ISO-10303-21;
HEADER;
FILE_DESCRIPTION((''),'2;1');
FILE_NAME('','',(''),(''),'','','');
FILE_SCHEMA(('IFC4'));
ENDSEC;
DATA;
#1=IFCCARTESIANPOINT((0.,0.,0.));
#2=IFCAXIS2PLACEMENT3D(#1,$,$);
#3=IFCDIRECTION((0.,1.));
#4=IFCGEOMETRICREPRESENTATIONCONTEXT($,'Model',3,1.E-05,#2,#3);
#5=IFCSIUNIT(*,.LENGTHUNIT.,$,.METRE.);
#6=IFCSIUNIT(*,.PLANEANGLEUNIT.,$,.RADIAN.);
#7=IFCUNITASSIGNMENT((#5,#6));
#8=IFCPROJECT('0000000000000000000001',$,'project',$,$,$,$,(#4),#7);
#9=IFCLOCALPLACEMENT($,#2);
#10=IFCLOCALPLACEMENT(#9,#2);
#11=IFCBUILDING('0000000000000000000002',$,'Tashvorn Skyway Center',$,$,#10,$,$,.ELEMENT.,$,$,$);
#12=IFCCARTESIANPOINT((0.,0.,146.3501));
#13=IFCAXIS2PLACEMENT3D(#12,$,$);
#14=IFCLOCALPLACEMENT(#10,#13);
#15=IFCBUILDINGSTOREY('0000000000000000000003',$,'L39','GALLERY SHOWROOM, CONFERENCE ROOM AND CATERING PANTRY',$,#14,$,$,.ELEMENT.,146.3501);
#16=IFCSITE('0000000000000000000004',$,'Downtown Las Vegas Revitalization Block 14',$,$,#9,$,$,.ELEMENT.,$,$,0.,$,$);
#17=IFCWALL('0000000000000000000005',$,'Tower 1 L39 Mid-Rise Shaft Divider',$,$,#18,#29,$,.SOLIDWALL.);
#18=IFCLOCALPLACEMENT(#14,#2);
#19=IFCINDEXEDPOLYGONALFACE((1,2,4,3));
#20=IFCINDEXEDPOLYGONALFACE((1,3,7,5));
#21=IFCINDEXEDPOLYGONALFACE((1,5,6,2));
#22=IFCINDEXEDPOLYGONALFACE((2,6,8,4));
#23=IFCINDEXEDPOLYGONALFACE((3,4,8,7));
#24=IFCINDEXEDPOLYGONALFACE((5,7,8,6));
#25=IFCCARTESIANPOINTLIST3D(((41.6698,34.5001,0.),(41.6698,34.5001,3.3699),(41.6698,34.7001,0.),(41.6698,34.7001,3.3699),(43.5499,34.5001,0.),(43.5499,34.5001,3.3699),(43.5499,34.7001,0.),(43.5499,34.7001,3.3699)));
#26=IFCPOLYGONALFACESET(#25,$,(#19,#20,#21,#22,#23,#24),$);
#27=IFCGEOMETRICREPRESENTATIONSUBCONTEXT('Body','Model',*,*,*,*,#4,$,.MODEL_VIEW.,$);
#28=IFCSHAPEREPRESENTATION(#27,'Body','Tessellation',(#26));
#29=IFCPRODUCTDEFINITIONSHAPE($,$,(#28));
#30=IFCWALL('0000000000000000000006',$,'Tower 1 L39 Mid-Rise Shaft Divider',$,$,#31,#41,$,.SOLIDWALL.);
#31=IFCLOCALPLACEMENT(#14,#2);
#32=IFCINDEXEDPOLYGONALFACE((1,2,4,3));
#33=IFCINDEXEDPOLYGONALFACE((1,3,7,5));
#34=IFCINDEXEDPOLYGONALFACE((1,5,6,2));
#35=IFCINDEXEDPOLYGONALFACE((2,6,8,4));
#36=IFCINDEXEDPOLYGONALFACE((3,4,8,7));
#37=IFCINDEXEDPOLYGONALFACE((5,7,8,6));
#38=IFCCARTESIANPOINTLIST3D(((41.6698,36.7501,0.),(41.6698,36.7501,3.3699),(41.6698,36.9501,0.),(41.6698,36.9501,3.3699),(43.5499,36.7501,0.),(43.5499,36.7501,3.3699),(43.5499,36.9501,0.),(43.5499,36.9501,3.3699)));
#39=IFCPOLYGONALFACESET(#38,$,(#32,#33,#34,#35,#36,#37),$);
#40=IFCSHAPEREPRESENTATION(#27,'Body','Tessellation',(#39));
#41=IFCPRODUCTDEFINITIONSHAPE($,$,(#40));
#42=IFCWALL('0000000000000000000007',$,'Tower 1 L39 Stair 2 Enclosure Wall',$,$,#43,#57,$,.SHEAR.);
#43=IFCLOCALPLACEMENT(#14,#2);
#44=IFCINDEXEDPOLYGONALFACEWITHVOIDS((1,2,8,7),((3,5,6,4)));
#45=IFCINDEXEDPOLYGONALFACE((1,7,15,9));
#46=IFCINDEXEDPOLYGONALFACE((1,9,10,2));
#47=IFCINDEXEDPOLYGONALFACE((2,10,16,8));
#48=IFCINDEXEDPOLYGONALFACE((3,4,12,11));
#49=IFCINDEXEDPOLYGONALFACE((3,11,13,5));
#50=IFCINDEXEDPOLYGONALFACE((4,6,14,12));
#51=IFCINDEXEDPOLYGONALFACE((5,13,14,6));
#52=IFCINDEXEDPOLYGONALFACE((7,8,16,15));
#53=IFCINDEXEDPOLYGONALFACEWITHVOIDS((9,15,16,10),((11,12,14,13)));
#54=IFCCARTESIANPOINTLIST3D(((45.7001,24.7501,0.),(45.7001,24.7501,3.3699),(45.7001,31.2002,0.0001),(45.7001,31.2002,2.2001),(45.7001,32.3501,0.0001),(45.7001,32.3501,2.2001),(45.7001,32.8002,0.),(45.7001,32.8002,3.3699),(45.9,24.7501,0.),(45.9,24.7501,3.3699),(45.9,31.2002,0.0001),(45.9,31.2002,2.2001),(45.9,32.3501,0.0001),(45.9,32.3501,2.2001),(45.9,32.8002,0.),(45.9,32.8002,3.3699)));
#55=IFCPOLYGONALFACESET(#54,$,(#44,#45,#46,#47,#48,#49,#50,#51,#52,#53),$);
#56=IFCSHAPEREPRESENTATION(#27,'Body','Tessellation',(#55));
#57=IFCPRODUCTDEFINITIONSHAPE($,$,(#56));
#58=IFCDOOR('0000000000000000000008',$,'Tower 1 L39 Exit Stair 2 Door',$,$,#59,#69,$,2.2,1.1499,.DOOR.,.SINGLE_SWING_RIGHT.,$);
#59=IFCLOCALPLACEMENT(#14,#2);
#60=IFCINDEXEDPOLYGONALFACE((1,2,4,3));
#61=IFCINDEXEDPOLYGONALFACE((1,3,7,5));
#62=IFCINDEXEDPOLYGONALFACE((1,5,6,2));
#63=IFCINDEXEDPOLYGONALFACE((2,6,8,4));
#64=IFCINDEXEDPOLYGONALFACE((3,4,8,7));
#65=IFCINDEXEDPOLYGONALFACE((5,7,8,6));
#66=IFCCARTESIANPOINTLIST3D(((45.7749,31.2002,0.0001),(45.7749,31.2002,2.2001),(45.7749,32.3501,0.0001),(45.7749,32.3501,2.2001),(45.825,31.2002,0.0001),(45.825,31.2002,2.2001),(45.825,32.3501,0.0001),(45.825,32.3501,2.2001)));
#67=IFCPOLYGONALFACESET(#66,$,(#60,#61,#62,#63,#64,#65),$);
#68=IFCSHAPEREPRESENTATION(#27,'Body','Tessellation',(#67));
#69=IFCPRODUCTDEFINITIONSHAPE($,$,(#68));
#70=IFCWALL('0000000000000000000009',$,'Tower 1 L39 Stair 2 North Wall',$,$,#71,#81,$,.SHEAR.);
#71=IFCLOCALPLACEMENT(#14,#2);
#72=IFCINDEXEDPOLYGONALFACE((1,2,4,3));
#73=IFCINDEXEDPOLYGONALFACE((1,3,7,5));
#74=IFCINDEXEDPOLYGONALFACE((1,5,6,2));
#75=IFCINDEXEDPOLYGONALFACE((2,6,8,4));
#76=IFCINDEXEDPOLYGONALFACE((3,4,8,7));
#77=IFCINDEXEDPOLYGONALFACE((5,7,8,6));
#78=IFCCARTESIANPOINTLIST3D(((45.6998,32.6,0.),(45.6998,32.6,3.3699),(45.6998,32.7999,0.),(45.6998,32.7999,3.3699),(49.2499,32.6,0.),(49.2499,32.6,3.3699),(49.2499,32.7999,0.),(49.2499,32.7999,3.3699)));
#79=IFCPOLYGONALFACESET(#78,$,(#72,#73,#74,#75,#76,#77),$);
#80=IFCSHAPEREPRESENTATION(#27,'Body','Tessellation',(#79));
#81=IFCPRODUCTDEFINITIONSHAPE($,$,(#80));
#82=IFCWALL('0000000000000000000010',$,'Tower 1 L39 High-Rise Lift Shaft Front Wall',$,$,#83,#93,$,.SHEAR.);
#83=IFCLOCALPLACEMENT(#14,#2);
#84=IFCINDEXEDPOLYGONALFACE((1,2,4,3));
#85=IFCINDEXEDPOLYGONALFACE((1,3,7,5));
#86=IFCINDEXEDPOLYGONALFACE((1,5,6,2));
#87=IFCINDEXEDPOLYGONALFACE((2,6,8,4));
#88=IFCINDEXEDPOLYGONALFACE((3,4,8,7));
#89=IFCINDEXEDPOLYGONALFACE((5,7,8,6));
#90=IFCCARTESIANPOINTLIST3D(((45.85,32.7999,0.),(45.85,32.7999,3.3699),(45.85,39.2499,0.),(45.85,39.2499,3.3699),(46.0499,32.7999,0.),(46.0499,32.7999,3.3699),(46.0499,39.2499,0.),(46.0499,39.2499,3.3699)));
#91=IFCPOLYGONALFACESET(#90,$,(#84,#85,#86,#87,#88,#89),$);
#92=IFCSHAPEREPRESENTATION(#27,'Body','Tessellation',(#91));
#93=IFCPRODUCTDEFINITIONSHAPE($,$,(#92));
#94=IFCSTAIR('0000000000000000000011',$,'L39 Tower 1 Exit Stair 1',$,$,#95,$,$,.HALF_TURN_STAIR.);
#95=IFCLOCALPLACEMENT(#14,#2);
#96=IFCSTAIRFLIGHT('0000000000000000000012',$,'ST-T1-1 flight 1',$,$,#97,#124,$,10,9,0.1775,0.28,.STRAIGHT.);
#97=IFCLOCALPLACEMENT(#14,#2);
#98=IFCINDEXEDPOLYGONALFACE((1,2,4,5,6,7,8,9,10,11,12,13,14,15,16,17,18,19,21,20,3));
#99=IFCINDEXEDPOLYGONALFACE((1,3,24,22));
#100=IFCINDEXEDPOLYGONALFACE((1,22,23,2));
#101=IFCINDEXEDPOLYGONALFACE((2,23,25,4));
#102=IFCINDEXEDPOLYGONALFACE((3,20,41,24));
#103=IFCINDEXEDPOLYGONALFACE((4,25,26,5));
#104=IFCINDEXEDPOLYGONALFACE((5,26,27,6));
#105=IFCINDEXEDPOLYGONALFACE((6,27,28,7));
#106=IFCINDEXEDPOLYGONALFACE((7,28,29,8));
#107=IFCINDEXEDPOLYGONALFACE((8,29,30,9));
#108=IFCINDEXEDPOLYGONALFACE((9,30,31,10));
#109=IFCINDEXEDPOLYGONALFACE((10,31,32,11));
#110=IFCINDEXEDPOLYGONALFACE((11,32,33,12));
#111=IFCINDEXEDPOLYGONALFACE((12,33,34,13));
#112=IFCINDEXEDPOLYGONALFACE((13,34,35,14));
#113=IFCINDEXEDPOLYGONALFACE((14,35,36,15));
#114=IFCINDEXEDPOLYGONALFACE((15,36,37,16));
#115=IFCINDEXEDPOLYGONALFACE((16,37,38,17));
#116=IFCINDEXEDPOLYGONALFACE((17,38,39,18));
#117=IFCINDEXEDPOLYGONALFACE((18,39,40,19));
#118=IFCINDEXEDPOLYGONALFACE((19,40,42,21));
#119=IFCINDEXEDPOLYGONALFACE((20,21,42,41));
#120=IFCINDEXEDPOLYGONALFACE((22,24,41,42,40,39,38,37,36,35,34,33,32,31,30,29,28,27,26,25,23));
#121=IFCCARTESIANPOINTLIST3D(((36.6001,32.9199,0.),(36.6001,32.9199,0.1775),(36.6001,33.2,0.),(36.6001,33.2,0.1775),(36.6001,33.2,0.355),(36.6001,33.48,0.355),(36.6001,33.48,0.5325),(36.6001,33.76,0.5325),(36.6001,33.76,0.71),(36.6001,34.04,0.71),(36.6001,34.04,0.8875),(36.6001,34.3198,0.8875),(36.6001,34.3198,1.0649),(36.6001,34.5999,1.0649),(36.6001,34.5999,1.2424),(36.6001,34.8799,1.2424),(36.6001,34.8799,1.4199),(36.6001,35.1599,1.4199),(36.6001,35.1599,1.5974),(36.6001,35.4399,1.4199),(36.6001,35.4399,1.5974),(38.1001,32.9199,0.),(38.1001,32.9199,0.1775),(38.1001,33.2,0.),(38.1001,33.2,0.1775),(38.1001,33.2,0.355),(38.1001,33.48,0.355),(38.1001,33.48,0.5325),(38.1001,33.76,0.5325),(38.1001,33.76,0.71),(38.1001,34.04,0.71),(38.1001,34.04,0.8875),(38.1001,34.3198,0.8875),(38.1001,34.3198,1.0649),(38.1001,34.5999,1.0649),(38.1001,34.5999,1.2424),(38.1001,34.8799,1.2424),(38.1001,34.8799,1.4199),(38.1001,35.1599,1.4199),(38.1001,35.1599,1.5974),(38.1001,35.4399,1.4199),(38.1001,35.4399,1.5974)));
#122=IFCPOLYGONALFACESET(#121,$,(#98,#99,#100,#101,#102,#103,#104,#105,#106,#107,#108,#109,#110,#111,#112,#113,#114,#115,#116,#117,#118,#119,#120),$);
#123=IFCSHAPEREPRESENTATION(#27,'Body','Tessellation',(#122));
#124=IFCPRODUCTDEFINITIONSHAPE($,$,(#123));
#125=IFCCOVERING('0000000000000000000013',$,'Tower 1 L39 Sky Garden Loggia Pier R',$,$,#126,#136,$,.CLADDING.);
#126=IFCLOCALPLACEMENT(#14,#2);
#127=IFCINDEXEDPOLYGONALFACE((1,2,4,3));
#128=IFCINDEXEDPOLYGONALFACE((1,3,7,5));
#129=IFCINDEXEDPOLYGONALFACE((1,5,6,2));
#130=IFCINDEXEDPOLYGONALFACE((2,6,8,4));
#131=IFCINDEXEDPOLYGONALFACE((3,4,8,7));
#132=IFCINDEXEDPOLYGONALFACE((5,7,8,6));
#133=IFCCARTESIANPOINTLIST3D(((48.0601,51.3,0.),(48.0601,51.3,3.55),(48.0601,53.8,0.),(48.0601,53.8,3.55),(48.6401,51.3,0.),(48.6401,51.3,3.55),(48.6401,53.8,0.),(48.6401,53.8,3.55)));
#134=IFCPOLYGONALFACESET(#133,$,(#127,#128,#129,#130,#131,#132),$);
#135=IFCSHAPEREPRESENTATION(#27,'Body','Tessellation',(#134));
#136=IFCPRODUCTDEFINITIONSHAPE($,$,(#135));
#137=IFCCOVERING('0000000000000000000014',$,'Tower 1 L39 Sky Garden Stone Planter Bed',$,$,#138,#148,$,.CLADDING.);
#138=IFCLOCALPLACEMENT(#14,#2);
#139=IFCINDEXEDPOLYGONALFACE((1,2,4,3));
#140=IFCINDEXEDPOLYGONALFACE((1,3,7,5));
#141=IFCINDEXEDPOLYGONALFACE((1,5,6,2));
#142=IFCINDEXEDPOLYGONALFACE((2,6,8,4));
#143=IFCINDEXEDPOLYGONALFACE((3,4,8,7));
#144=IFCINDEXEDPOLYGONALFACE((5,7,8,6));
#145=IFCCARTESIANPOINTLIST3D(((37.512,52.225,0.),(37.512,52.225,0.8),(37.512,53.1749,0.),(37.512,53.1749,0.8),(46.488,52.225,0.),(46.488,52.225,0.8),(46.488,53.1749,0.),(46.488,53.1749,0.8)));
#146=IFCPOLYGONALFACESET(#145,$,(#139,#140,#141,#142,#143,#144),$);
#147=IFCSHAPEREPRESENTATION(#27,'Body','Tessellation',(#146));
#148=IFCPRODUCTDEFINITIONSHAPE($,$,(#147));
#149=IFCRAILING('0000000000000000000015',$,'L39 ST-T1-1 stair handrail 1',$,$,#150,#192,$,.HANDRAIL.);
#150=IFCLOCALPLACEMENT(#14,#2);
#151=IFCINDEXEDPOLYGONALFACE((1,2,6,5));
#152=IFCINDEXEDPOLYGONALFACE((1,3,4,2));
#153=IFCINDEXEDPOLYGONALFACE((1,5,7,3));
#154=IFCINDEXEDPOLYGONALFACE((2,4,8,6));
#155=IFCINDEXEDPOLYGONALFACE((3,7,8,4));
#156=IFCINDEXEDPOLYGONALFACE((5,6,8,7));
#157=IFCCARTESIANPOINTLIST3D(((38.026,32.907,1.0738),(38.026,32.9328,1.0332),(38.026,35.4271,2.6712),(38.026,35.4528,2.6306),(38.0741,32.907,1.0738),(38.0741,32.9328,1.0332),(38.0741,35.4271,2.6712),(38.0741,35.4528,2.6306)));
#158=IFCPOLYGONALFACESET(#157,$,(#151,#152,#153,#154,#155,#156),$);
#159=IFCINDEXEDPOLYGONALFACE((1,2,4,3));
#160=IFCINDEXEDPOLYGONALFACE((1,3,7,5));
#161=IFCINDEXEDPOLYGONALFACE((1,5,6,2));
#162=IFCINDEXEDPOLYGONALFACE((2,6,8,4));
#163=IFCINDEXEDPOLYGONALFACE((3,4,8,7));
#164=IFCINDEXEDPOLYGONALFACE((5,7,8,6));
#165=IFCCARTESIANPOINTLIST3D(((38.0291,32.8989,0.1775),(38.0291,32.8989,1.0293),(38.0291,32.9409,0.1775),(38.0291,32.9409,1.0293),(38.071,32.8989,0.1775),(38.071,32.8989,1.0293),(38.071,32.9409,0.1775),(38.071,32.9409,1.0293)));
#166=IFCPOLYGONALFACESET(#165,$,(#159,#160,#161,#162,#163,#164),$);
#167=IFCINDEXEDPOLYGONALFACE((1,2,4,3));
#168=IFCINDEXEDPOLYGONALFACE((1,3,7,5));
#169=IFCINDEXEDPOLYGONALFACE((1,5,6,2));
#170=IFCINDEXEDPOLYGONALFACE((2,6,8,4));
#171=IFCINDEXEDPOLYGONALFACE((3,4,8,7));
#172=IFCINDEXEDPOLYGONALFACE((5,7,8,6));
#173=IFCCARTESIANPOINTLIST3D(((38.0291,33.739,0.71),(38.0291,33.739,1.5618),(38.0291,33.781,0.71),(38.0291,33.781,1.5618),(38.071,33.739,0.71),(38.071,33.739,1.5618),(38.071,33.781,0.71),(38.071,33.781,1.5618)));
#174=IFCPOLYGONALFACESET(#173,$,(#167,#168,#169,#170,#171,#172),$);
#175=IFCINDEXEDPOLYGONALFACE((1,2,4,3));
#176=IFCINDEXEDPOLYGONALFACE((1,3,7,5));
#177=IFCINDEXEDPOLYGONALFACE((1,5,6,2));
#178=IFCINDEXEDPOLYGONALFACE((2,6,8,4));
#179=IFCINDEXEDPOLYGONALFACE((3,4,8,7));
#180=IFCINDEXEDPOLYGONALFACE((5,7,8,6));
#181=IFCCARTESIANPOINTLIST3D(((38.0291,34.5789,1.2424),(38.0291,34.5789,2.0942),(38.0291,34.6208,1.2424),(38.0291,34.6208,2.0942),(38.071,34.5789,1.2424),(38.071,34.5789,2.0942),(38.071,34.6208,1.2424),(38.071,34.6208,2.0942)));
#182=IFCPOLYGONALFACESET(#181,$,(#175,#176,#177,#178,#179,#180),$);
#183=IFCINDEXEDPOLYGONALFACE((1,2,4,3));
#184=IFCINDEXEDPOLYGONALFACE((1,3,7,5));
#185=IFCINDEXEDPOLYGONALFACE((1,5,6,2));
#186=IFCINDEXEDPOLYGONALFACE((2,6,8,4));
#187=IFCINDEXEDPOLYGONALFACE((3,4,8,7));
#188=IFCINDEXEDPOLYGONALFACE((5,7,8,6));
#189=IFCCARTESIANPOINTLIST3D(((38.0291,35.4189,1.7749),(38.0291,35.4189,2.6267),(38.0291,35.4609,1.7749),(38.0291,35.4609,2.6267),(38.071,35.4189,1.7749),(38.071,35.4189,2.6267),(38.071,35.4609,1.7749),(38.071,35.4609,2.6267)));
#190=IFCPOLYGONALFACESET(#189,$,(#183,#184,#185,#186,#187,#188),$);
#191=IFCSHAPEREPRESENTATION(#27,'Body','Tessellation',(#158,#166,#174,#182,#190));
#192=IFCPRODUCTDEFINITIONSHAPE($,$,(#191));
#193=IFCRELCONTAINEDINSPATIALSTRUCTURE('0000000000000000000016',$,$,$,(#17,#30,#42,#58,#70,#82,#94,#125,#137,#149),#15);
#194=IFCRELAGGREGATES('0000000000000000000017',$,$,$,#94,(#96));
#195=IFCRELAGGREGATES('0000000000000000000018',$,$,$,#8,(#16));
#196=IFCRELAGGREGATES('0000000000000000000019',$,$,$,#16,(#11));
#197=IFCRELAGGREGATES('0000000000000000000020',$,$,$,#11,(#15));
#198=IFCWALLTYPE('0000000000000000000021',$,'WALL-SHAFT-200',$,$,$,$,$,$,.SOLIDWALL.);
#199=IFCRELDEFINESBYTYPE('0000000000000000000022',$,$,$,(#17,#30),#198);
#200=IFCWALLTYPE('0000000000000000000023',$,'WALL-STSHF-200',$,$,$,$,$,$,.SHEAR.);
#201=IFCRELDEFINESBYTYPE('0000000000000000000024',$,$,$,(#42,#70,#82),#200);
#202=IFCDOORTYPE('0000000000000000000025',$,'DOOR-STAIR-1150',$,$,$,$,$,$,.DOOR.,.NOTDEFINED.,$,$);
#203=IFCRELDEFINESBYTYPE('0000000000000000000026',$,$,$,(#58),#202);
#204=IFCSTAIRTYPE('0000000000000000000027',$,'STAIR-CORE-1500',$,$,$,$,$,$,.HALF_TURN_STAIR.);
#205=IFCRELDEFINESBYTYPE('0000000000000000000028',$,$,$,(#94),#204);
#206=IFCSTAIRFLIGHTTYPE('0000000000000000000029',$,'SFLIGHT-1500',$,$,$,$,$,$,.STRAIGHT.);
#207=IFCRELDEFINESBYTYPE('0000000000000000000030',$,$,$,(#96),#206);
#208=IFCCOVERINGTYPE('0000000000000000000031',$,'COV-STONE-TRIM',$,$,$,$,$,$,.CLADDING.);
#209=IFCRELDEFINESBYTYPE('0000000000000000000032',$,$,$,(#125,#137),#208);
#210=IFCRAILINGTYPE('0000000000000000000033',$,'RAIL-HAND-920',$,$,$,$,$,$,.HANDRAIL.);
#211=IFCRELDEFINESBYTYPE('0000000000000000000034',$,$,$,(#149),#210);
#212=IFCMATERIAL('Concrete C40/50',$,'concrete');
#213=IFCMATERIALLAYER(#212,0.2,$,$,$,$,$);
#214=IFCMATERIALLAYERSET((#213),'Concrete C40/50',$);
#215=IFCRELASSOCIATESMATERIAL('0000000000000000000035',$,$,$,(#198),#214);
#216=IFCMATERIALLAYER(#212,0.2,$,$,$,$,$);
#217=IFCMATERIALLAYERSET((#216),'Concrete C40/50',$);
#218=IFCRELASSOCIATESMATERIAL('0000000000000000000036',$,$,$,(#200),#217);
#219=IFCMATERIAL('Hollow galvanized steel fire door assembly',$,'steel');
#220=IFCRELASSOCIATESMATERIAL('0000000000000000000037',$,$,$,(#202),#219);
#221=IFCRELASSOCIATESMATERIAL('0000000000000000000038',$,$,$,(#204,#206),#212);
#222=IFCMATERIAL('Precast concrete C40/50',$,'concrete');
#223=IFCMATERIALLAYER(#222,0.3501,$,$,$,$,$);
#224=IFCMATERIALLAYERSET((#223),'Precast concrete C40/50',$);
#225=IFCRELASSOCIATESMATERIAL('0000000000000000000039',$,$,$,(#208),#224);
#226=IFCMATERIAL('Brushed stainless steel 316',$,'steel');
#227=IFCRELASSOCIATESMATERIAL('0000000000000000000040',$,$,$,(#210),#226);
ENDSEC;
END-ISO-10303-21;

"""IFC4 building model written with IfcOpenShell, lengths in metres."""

from ifc_helpers import new_model, si_unit, direction, frame, frame_2d, origin, origin_2d, place, context, subcontext, project, spatial, polyline, rectangle, outline, extrude, material, layer, layer_set, type_object, element, fill, aggregate, save


model = new_model("IFC4")

# Units and contexts
model_context = context("Model", 3, precision=1e-05, world=origin(), true_north=direction((0.0, 1.0)))
body_context = subcontext(model_context, "Body", "Model", "MODEL_VIEW")
ifc_project = project(units=[si_unit("LENGTHUNIT", "METRE"), si_unit("PLANEANGLEUNIT", "RADIAN")], contexts=[model_context])

# Site, building, storey
site_placement = place(None, origin())
site = spatial("IfcSite", under=ifc_project, at=site_placement, Name="Downtown Las Vegas Revitalization Block 14", CompositionType="ELEMENT", RefElevation=0.0)
building_placement = place(site_placement, origin())
building = spatial("IfcBuilding", under=site, at=building_placement, Name="Tashvorn Skyway Center", CompositionType="ELEMENT")
storey_placement = place(building_placement, frame((0.0, 0.0, 146.3501)))
storey = spatial("IfcBuildingStorey", under=building, at=storey_placement, Name="L39", Description="GALLERY SHOWROOM, CONFERENCE ROOM AND CATERING PANTRY", CompositionType="ELEMENT", Elevation=146.3501)

# Shared definitions
ifc_material_1 = material(Name="Concrete C40/50", Category="concrete")
ifc_material_2 = material(Name="Hollow galvanized steel fire door assembly", Category="steel")

# Walls
ifc_layer_1 = layer(ifc_material_1, 0.2)
ifc_layer_set_1 = layer_set([ifc_layer_1], Name="Concrete C40/50")
wall_type_1 = type_object("IfcWallType", Name="WALL-SHAFT-200", PredefinedType="SOLIDWALL", material=ifc_layer_set_1)
for number, where, z_axis, x_axis, name in (
    (1, (41.6699, 34.6001, 0.0), (0.0, 0.0, 1.0), (1.0, 0.0, 0.0), "Tower 1 L39 Mid-Rise Shaft Divider"),
    (2, (41.6699, 36.8501, 0.0), (0.0, 0.0, 1.0), (1.0, 0.0, 0.0), "Tower 1 L39 Mid-Rise Shaft Divider"),
):
    element("IfcWall", number, at=place(storey_placement, frame(where, z_axis=z_axis, x_axis=x_axis)), inside=storey, type_object=wall_type_1, Name=name, PredefinedType="SOLIDWALL", context=body_context, shape_type="SweptSolid", body=[
        extrude(rectangle(XDim=1.8801, YDim=0.2, at=frame_2d((0.9399, 0.0))), origin(), (0.0, 0.0, 1.0), 3.3699),
    ])

# Wall, opening, door
ifc_layer_2 = layer(ifc_material_1, 0.2)
ifc_layer_set_2 = layer_set([ifc_layer_2], Name="Concrete C40/50")
wall_type_2 = type_object("IfcWallType", Name="WALL-STSHF-200", PredefinedType="SHEAR", material=ifc_layer_set_2)
wall_1_placement = place(storey_placement, frame((45.8, 32.8, 0.0), z_axis=(0.0, 0.0, 1.0), x_axis=(0.0, -1.0, 0.0)))
wall_1 = element("IfcWall", 3, at=wall_1_placement, inside=storey, type_object=wall_type_2, Name="Tower 1 L39 Stair 2 Enclosure Wall", PredefinedType="SHEAR", context=body_context, shape_type="SweptSolid", body=[
    extrude(rectangle(XDim=8.05, YDim=0.2, at=frame_2d((4.0249, 0.0))), origin(), (0.0, 0.0, 1.0), 3.3699),
])
opening_1_placement = place(wall_1_placement, frame((0.45, 0.0, 0.0)))
opening_1 = element("IfcOpeningElement", 4, at=opening_1_placement, cuts=wall_1, PredefinedType="OPENING", context=body_context, shape_type="SweptSolid", body=[
    extrude(rectangle(XDim=1.1499, YDim=2.2, at=frame_2d((0.575, 1.1001))), frame((0.0, 0.1099, 0.0), z_axis=(0.0, -1.0, 0.0), x_axis=(1.0, 0.0, 0.0)), (0.0, 0.0, 1.0), 0.22),
])
door_type_1 = type_object("IfcDoorType", Name="DOOR-STAIR-1150", OperationType="NOTDEFINED", PredefinedType="DOOR", material=ifc_material_2)
door_1_placement = place(opening_1_placement, origin())
door_1 = element("IfcDoor", 5, at=door_1_placement, inside=storey, type_object=door_type_1, Name="Tower 1 L39 Exit Stair 2 Door", OperationType="SINGLE_SWING_RIGHT", OverallHeight=2.2, OverallWidth=1.1499, PredefinedType="DOOR", context=body_context, shape_type="SweptSolid", body=[
    extrude(rectangle(XDim=1.1499, YDim=2.2, at=frame_2d((0.575, 1.1001))), frame((0.0, 0.0249, 0.0), z_axis=(0.0, -1.0, 0.0), x_axis=(1.0, 0.0, 0.0)), (0.0, 0.0, 1.0), 0.05),
])
fill(opening_1, door_1)

# Walls
wall_2_placement = place(storey_placement, frame((45.7, 32.7, 0.0), z_axis=(0.0, 0.0, 1.0), x_axis=(1.0, 0.0, 0.0)))
element("IfcWall", 6, at=wall_2_placement, inside=storey, type_object=wall_type_2, Name="Tower 1 L39 Stair 2 North Wall", PredefinedType="SHEAR", context=body_context, shape_type="SweptSolid", body=[
    extrude(rectangle(XDim=3.55, YDim=0.2, at=frame_2d((1.7749, 0.0))), origin(), (0.0, 0.0, 1.0), 3.3699),
])
wall_3_placement = place(storey_placement, frame((45.95, 39.25, 0.0), z_axis=(0.0, 0.0, 1.0), x_axis=(0.0, -1.0, 0.0)))
element("IfcWall", 7, at=wall_3_placement, inside=storey, type_object=wall_type_2, Name="Tower 1 L39 High-Rise Lift Shaft Front Wall", PredefinedType="SHEAR", context=body_context, shape_type="SweptSolid", body=[
    extrude(rectangle(XDim=6.45, YDim=0.2, at=frame_2d((3.2251, 0.0))), origin(), (0.0, 0.0, 1.0), 3.3699),
])

# Stair, stair flight
stair_type = type_object("IfcStairType", Name="STAIR-CORE-1500", PredefinedType="HALF_TURN_STAIR", material=ifc_material_1)
stair_placement = place(storey_placement, origin())
stair = element("IfcStair", 8, at=stair_placement, inside=storey, type_object=stair_type, Name="L39 Tower 1 Exit Stair 1", PredefinedType="HALF_TURN_STAIR")
stair_flight_type = type_object("IfcStairFlightType", Name="SFLIGHT-1500", PredefinedType="STRAIGHT", material=ifc_material_1)
stair_flight_placement = place(storey_placement, frame((37.3501, 32.9199, 0.0), z_axis=(0.0, 0.0, 1.0), x_axis=(0.0, 1.0, 0.0)))
stair_flight = element("IfcStairFlight", 9, at=stair_flight_placement, type_object=stair_flight_type, Name="ST-T1-1 flight 1", NumberOfRisers=10, NumberOfTreads=9, PredefinedType="STRAIGHT", RiserHeight=0.1775, TreadLength=0.28, context=body_context, shape_type="SweptSolid", body=[
    extrude(outline(polyline([(0.0, 0.0), (0.0, 0.1775), (0.28, 0.1775), (0.28, 0.355), (0.5601, 0.355), (0.5601, 0.5325), (0.8401, 0.5325), (0.8401, 0.71), (1.1201, 0.71), (1.1201, 0.8875), (1.3999, 0.8875), (1.3999, 1.0649), (1.6799, 1.0649), (1.6799, 1.2424), (1.96, 1.2424), (1.96, 1.4199), (2.24, 1.4199), (2.24, 1.5974), (2.52, 1.5974), (2.52, 1.7749), (2.52, 1.4199), (0.28, 0.0), (0.0, 0.0)])), frame((0.0, 0.75, 0.0), z_axis=(0.0, -1.0, 0.0), x_axis=(1.0, 0.0, 0.0)), (0.0, 0.0, 1.0), 1.5),
])
aggregate(stair, [stair_flight])

# Coverings
ifc_material_3 = material(Name="Precast concrete C40/50", Category="concrete")
ifc_layer_3 = layer(ifc_material_3, 0.3501)
ifc_layer_set_3 = layer_set([ifc_layer_3], Name="Precast concrete C40/50")
covering_type = type_object("IfcCoveringType", Name="COV-STONE-TRIM", PredefinedType="CLADDING", material=ifc_layer_set_3)
covering_1_placement = place(storey_placement, frame((48.3501, 52.55, 0.0), z_axis=(0.0, 0.0, 1.0), x_axis=(1.0, 0.0, 0.0)))
element("IfcCovering", 10, at=covering_1_placement, inside=storey, type_object=covering_type, Name="Tower 1 L39 Sky Garden Loggia Pier R", PredefinedType="CLADDING", context=body_context, shape_type="SweptSolid", body=[
    extrude(rectangle(XDim=0.5801, YDim=2.5, at=origin_2d()), origin(), (0.0, 0.0, 1.0), 3.55),
])
covering_2_placement = place(storey_placement, frame((42.0, 52.7, 0.0), z_axis=(0.0, 0.0, 1.0), x_axis=(1.0, 0.0, 0.0)))
element("IfcCovering", 11, at=covering_2_placement, inside=storey, type_object=covering_type, Name="Tower 1 L39 Sky Garden Stone Planter Bed", PredefinedType="CLADDING", context=body_context, shape_type="SweptSolid", body=[
    extrude(rectangle(XDim=8.9761, YDim=0.95, at=origin_2d()), origin(), (0.0, 0.0, 1.0), 0.8),
])

# Railing
ifc_material_4 = material(Name="Brushed stainless steel 316", Category="steel")
railing_type_1 = type_object("IfcRailingType", Name="RAIL-HAND-920", PredefinedType="HANDRAIL", material=ifc_material_4)
railing_1_placement = place(storey_placement, frame((38.05, 32.9199, 0.1775)))
element("IfcRailing", 12, at=railing_1_placement, inside=storey, type_object=railing_type_1, Name="L39 ST-T1-1 stair handrail 1", PredefinedType="HANDRAIL", context=body_context, shape_type="SweptSolid", body=[
    extrude(rectangle(XDim=0.0481, YDim=0.0481, at=origin_2d()), frame((0.0, 0.0, 0.876), z_axis=(0.0, 0.844607, 0.535387), x_axis=(-1.0, 0.0, 0.0)), (0.0, 0.0, 1.0), 2.9836),
    extrude(rectangle(XDim=0.042, YDim=0.042, at=origin_2d()), origin(), (0.0, 0.0, 1.0), 0.8518),
    extrude(rectangle(XDim=0.042, YDim=0.042, at=origin_2d()), frame((0.0, 0.8401, 0.5325)), (0.0, 0.0, 1.0), 0.8518),
    extrude(rectangle(XDim=0.042, YDim=0.042, at=origin_2d()), frame((0.0, 1.6799, 1.0649)), (0.0, 0.0, 1.0), 0.8518),
    extrude(rectangle(XDim=0.042, YDim=0.042, at=origin_2d()), frame((0.0, 2.52, 1.5974)), (0.0, 0.0, 1.0), 0.8518),
])

save(model, "model.ifc")
